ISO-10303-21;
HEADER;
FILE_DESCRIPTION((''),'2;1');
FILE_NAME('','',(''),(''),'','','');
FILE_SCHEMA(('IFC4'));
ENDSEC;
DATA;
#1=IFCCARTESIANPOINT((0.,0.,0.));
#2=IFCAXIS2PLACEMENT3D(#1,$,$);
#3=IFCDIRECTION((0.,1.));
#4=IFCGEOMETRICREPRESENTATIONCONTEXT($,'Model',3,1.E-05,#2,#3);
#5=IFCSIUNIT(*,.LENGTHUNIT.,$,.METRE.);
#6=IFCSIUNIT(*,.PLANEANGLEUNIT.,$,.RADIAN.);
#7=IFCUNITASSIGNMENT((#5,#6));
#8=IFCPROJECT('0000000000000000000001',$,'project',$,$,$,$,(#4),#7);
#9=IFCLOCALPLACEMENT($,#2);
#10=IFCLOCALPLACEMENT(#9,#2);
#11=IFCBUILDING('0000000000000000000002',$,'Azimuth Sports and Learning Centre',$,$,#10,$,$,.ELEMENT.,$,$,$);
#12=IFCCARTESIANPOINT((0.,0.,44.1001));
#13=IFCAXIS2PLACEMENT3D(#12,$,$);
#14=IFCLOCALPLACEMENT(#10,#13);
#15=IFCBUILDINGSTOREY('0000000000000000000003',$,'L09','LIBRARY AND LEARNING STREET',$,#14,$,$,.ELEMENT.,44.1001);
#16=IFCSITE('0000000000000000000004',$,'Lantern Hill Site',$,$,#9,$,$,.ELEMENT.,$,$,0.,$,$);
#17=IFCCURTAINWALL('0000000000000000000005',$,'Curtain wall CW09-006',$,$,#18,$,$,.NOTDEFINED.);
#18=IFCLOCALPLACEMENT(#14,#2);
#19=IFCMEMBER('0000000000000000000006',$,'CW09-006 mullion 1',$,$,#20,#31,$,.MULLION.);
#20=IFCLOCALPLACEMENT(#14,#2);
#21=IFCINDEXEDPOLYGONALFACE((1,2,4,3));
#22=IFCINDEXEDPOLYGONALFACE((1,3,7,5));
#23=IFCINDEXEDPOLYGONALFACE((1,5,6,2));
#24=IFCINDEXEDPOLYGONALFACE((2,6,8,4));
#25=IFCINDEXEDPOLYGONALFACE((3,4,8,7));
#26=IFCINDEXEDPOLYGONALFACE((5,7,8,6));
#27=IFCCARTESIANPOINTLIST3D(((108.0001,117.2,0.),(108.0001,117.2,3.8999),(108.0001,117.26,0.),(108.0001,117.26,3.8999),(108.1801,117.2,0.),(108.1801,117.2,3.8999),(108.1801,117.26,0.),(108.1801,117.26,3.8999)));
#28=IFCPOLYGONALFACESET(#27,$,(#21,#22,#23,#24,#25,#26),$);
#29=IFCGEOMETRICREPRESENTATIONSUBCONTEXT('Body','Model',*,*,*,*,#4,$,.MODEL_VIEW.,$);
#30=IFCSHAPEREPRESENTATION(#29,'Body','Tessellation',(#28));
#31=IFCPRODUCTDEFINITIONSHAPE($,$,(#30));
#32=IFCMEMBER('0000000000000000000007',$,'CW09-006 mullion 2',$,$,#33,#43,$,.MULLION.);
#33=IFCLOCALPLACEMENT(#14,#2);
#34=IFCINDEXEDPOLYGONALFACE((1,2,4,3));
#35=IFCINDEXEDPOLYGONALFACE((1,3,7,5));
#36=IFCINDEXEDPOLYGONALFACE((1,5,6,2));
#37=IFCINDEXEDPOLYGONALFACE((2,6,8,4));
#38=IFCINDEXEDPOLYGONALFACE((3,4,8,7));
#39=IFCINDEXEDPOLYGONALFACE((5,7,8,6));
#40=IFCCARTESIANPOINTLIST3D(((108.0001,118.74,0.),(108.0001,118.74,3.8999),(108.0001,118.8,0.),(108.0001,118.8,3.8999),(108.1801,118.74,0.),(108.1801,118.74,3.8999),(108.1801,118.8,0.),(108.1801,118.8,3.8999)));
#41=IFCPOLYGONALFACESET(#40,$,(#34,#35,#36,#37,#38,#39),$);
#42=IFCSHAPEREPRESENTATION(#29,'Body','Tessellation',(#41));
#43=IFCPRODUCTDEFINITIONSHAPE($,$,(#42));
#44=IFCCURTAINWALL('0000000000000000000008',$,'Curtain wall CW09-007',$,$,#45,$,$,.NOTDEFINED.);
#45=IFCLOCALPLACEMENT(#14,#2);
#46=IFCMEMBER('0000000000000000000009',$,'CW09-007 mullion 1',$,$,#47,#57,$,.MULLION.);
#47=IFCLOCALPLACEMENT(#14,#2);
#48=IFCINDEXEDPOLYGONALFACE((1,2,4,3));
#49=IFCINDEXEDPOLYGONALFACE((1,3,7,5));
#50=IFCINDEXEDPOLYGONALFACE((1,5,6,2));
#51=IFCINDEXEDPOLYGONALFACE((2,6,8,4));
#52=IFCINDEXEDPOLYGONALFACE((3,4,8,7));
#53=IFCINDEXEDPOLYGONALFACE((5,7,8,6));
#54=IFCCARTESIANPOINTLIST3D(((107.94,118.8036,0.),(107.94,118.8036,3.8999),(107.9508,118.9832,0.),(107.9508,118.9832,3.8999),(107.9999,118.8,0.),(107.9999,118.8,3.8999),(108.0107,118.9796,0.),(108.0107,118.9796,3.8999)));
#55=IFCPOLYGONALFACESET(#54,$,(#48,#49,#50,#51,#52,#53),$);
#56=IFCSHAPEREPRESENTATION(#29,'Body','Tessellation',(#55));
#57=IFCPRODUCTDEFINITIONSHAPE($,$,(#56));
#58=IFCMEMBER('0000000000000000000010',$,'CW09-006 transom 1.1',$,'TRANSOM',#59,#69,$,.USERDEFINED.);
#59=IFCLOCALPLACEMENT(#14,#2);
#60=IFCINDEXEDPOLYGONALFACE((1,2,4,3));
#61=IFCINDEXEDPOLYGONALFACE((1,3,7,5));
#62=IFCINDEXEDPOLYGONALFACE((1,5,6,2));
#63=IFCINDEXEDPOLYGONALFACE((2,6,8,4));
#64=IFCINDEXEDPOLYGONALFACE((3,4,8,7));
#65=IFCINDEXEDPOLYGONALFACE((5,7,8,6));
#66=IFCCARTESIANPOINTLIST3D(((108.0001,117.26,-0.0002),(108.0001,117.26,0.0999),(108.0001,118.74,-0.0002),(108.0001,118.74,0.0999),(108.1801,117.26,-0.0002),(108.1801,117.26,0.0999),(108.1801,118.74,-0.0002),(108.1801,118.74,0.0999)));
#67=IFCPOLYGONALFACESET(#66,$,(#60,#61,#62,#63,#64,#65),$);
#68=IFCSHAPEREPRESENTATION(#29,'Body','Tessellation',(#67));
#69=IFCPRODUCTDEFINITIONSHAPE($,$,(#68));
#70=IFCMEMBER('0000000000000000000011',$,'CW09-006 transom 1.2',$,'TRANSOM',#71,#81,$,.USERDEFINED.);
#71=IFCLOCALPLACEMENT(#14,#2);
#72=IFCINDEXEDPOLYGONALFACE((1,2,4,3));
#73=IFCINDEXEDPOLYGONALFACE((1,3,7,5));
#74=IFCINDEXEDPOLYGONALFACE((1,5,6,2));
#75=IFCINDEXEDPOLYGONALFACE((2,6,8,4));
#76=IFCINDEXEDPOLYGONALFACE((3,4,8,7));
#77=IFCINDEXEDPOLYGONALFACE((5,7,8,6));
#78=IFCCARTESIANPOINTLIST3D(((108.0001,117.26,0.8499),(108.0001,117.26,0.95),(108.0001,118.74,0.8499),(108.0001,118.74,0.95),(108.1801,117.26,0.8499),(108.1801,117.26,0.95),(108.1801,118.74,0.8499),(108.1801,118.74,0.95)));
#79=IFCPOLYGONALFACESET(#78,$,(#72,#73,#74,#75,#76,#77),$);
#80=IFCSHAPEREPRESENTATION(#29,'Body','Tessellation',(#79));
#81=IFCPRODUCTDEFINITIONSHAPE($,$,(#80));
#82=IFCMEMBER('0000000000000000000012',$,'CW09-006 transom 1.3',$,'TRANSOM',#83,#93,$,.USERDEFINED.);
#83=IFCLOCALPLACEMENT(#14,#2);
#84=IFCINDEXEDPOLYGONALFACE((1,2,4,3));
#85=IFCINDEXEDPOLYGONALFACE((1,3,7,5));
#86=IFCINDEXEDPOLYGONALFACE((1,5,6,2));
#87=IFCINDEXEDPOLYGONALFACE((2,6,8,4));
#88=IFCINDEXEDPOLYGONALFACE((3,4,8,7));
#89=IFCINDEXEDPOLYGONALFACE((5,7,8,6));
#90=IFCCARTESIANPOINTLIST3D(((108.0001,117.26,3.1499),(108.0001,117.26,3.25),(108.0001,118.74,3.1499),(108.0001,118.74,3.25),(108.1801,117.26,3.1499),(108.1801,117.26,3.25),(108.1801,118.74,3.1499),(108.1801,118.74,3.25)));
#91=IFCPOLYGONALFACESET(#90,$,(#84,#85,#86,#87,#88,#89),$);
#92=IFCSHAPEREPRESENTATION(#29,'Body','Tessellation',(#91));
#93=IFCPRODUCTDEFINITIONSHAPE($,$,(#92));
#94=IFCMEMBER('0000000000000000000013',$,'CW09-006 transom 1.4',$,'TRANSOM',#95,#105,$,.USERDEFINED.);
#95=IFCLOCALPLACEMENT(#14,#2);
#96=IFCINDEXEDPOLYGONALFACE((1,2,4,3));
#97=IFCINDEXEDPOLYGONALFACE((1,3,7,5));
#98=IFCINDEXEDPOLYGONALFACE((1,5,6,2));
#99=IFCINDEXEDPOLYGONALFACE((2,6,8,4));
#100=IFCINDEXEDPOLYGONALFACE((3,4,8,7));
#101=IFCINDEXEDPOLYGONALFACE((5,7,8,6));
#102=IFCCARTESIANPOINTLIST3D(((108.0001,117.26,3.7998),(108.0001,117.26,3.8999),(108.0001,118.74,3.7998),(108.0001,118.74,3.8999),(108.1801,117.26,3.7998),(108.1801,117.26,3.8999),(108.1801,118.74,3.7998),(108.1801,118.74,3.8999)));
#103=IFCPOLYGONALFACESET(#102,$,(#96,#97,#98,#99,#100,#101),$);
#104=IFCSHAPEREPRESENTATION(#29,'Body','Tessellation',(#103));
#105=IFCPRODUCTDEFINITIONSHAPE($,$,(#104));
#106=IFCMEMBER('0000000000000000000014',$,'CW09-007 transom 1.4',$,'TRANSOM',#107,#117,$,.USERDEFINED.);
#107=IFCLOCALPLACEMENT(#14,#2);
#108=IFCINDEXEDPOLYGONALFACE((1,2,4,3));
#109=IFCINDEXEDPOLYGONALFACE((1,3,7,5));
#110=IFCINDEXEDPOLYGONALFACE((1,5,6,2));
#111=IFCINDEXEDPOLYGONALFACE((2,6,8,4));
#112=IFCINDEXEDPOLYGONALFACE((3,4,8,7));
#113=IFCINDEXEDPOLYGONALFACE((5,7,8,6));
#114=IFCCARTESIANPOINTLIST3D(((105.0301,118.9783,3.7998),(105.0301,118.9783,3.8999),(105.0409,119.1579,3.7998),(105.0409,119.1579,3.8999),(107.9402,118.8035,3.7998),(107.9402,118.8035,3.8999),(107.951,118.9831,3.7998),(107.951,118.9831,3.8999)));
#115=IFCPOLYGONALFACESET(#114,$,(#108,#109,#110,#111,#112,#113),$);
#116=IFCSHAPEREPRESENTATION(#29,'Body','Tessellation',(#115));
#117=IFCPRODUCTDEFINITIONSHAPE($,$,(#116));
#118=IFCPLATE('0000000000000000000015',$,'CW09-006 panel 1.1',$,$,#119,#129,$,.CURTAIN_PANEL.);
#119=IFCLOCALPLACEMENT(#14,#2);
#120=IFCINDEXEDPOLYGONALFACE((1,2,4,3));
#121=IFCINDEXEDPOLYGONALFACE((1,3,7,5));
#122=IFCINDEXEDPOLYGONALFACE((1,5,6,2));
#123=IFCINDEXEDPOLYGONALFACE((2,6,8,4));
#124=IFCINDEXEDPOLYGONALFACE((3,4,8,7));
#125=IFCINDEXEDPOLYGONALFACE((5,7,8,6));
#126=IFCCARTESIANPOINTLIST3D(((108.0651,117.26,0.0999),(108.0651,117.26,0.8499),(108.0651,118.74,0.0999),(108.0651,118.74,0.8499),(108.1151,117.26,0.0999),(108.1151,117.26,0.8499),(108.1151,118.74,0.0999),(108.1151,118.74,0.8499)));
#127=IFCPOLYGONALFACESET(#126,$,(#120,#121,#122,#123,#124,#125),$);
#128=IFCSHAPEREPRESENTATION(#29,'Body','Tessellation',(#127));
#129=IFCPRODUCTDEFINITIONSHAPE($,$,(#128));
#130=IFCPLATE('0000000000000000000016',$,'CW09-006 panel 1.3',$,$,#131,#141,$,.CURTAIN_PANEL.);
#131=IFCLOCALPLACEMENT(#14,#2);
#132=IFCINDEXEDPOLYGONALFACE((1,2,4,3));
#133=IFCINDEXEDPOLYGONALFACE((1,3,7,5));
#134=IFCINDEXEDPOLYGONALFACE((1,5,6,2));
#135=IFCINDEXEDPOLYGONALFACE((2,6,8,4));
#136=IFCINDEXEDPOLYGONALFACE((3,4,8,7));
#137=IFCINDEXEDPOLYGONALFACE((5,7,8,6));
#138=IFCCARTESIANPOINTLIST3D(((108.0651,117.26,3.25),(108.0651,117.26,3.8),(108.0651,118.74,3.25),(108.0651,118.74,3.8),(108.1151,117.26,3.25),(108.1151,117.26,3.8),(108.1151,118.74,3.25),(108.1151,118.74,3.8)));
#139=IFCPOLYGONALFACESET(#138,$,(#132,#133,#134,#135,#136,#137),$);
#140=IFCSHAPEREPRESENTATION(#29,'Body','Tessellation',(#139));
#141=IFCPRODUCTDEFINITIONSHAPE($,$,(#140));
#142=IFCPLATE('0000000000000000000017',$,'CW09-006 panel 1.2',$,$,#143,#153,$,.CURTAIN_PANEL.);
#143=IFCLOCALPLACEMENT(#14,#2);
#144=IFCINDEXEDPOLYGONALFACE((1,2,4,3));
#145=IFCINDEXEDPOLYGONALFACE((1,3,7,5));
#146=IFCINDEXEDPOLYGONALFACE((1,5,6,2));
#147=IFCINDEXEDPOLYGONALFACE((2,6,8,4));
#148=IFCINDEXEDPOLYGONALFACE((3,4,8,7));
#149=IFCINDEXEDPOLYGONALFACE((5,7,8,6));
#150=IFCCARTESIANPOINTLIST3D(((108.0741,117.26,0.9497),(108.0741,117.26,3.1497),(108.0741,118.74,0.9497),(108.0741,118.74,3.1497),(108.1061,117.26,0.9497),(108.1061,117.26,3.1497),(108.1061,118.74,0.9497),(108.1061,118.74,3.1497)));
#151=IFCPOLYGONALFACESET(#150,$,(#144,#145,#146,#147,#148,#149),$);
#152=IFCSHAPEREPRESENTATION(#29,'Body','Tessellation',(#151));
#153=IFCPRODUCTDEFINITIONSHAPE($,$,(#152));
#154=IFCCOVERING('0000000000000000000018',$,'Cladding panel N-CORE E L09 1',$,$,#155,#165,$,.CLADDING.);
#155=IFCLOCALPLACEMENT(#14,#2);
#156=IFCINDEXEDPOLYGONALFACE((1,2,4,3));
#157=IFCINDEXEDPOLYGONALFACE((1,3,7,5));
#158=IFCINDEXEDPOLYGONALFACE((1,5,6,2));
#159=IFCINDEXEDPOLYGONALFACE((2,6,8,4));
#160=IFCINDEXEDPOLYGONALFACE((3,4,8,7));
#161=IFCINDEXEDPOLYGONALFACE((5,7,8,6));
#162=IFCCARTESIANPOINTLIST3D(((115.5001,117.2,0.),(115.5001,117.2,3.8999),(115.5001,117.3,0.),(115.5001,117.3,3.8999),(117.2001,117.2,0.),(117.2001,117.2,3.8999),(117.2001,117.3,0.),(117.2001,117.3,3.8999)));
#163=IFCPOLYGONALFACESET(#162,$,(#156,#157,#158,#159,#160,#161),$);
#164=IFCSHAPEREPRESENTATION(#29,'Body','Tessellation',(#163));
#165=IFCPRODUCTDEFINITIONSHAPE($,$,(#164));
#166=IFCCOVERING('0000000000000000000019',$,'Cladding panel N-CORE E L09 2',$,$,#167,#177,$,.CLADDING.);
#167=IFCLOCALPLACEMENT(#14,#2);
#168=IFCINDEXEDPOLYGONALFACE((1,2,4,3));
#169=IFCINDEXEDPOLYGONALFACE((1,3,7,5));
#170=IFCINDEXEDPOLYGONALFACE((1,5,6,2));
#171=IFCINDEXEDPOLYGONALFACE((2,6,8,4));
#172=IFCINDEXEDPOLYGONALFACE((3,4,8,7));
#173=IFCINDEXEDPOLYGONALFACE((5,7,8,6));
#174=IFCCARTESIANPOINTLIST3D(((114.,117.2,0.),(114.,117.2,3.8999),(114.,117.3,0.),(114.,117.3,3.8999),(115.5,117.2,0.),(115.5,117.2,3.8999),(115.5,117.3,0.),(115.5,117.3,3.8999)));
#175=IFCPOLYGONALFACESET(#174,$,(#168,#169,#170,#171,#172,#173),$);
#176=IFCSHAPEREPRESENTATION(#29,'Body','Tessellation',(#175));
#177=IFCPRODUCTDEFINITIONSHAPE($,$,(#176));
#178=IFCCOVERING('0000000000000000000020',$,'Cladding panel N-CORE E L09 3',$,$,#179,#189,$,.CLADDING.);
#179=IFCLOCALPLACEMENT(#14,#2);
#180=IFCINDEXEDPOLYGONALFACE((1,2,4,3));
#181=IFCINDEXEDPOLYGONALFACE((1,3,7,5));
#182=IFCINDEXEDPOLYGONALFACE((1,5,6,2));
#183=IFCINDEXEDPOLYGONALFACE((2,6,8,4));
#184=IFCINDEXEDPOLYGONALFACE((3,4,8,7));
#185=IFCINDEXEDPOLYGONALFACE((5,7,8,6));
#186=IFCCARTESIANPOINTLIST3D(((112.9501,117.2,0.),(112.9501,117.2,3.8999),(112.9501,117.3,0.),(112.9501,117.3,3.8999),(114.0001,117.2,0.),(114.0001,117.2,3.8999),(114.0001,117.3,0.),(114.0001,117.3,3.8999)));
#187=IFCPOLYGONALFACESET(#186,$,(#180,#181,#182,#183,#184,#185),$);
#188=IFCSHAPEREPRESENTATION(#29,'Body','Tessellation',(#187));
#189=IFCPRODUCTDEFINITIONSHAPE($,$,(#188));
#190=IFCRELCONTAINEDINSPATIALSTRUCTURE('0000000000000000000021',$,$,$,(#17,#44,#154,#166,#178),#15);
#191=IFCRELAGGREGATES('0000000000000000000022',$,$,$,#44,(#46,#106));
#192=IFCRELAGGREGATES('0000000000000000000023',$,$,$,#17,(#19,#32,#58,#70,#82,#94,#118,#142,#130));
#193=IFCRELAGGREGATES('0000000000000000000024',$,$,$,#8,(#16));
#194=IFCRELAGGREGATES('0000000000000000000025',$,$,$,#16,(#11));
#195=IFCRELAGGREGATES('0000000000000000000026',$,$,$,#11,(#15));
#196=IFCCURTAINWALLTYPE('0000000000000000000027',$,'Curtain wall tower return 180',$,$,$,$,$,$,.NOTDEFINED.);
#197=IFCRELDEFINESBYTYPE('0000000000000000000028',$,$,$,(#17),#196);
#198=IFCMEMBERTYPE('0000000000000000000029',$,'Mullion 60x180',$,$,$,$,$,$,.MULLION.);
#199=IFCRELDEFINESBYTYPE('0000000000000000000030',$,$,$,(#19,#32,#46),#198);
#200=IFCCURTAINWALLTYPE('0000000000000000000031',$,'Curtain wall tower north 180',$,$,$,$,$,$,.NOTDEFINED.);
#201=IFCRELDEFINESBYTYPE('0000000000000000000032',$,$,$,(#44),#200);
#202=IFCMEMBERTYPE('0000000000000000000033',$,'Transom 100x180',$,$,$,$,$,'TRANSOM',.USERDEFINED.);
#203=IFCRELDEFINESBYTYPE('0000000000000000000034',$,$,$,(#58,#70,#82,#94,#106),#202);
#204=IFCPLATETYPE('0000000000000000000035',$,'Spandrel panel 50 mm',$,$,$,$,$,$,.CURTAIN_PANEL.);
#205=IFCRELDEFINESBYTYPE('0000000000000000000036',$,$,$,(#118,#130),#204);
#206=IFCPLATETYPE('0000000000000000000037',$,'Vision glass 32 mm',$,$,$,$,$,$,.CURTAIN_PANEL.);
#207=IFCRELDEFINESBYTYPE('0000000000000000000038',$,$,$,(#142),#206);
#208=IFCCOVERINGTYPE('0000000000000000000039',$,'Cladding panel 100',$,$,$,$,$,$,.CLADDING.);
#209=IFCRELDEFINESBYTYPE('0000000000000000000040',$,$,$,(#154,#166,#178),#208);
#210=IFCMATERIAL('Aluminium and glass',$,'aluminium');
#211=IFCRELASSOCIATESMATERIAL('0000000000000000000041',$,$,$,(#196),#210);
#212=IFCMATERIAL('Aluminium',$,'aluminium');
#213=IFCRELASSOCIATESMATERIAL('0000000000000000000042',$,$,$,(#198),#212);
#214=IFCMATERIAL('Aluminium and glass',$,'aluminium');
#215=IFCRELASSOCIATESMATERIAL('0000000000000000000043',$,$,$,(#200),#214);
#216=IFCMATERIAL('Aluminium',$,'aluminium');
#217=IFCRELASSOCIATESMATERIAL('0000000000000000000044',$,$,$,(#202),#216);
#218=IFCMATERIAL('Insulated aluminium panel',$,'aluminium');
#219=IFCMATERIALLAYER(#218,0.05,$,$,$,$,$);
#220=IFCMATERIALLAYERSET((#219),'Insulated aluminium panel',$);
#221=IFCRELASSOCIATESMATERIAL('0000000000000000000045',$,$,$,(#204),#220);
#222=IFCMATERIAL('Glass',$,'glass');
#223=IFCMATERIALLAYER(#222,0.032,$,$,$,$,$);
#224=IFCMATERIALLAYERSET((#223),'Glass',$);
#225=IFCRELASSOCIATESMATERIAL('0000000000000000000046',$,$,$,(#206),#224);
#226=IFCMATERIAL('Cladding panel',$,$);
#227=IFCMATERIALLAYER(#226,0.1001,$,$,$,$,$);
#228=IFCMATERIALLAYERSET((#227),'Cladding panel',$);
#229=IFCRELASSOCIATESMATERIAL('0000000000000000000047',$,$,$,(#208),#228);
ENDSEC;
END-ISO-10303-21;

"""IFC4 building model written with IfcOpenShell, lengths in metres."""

from ifc_helpers import new_model, si_unit, direction, frame, origin, origin_2d, place, context, subcontext, project, spatial, rectangle, extrude, material, layer, layer_set, material_profile, profile_set, type_object, element, aggregate, save


model = new_model("IFC4")

# Units and contexts
model_context = context("Model", 3, precision=1e-05, world=origin(), true_north=direction((0.0, 1.0)))
body_context = subcontext(model_context, "Body", "Model", "MODEL_VIEW")
ifc_project = project(units=[si_unit("LENGTHUNIT", "METRE"), si_unit("PLANEANGLEUNIT", "RADIAN")], contexts=[model_context])

# Site, building, storey
site_placement = place(None, origin())
site = spatial("IfcSite", under=ifc_project, at=site_placement, Name="Lantern Hill Site", CompositionType="ELEMENT", RefElevation=0.0)
building_placement = place(site_placement, origin())
building = spatial("IfcBuilding", under=site, at=building_placement, Name="Azimuth Sports and Learning Centre", CompositionType="ELEMENT")
storey_placement = place(building_placement, frame((0.0, 0.0, 44.1001)))
storey = spatial("IfcBuildingStorey", under=building, at=storey_placement, Name="L09", Description="LIBRARY AND LEARNING STREET", CompositionType="ELEMENT", Elevation=44.1001)

# Curtain wall, members
ifc_material_1 = material(Name="Aluminium and glass", Category="aluminium")
curtain_wall_type_1 = type_object("IfcCurtainWallType", Name="Curtain wall tower return 180", PredefinedType="NOTDEFINED", material=ifc_material_1)
curtain_wall_1_placement = place(storey_placement, origin())
curtain_wall_1 = element("IfcCurtainWall", 1, at=curtain_wall_1_placement, inside=storey, type_object=curtain_wall_type_1, Name="Curtain wall CW09-006", PredefinedType="NOTDEFINED")
ifc_material_2 = material(Name="Aluminium", Category="aluminium")
ifc_material_profile_1 = material_profile(ifc_material_2, rectangle(XDim=0.1799, YDim=0.0601, at=origin_2d()), Name="Mullion 60x180")
ifc_profile_set_1 = profile_set([ifc_material_profile_1], Name="Aluminium")
member_type_1 = type_object("IfcMemberType", Name="Mullion 60x180", PredefinedType="MULLION", material=ifc_profile_set_1)
member_1_placement = place(storey_placement, frame((108.0901, 117.23, 0.0), z_axis=(0.0, 0.0, 1.0), x_axis=(-1.0, 0.0, 0.0)))
member_1 = element("IfcMember", 2, at=member_1_placement, type_object=member_type_1, Name="CW09-006 mullion 1", PredefinedType="MULLION", context=body_context, shape_type="SweptSolid", body=[
    extrude(rectangle(XDim=0.1799, YDim=0.0601, at=origin_2d()), origin(), (0.0, 0.0, 1.0), 3.8999),
])
member_2_placement = place(storey_placement, frame((108.0901, 118.77, 0.0), z_axis=(0.0, 0.0, 1.0), x_axis=(-1.0, 0.0, 0.0)))
member_2 = element("IfcMember", 3, at=member_2_placement, type_object=member_type_1, Name="CW09-006 mullion 2", PredefinedType="MULLION", context=body_context, shape_type="SweptSolid", body=[
    extrude(rectangle(XDim=0.1799, YDim=0.0601, at=origin_2d()), origin(), (0.0, 0.0, 1.0), 3.8999),
])

# Curtain wall, member
ifc_material_3 = material(Name="Aluminium and glass", Category="aluminium")
curtain_wall_type_2 = type_object("IfcCurtainWallType", Name="Curtain wall tower north 180", PredefinedType="NOTDEFINED", material=ifc_material_3)
curtain_wall_2_placement = place(storey_placement, origin())
curtain_wall_2 = element("IfcCurtainWall", 4, at=curtain_wall_2_placement, inside=storey, type_object=curtain_wall_type_2, Name="Curtain wall CW09-007", PredefinedType="NOTDEFINED")
member_3_placement = place(storey_placement, frame((107.9753, 118.8916, 0.0), z_axis=(0.0, 0.0, 1.0), x_axis=(-0.059892, -0.998205, 0.0)))
member_3 = element("IfcMember", 5, at=member_3_placement, type_object=member_type_1, Name="CW09-007 mullion 1", PredefinedType="MULLION", context=body_context, shape_type="SweptSolid", body=[
    extrude(rectangle(XDim=0.1799, YDim=0.0601, at=origin_2d()), origin(), (0.0, 0.0, 1.0), 3.8999),
])

# Members
ifc_material_4 = material(Name="Aluminium", Category="aluminium")
ifc_material_profile_2 = material_profile(ifc_material_4, rectangle(XDim=0.1799, YDim=0.1001, at=origin_2d()), Name="Transom 100x180")
ifc_profile_set_2 = profile_set([ifc_material_profile_2], Name="Aluminium")
member_type_2 = type_object("IfcMemberType", Name="Transom 100x180", ElementType="TRANSOM", PredefinedType="USERDEFINED", material=ifc_profile_set_2)
member_4_placement = place(storey_placement, frame((108.0901, 117.26, 0.0498), z_axis=(0.0, 1.0, 0.0), x_axis=(-1.0, 0.0, 0.0)))
member_4 = element("IfcMember", 6, at=member_4_placement, type_object=member_type_2, Name="CW09-006 transom 1.1", ObjectType="TRANSOM", PredefinedType="USERDEFINED", context=body_context, shape_type="SweptSolid", body=[
    extrude(rectangle(XDim=0.1799, YDim=0.1001, at=origin_2d()), origin(), (0.0, 0.0, 1.0), 1.48),
])
member_5_placement = place(storey_placement, frame((108.0901, 117.26, 0.8999), z_axis=(0.0, 1.0, 0.0), x_axis=(-1.0, 0.0, 0.0)))
member_5 = element("IfcMember", 7, at=member_5_placement, type_object=member_type_2, Name="CW09-006 transom 1.2", ObjectType="TRANSOM", PredefinedType="USERDEFINED", context=body_context, shape_type="SweptSolid", body=[
    extrude(rectangle(XDim=0.1799, YDim=0.1001, at=origin_2d()), origin(), (0.0, 0.0, 1.0), 1.48),
])
member_6_placement = place(storey_placement, frame((108.0901, 117.26, 3.2), z_axis=(0.0, 1.0, 0.0), x_axis=(-1.0, 0.0, 0.0)))
member_6 = element("IfcMember", 8, at=member_6_placement, type_object=member_type_2, Name="CW09-006 transom 1.3", ObjectType="TRANSOM", PredefinedType="USERDEFINED", context=body_context, shape_type="SweptSolid", body=[
    extrude(rectangle(XDim=0.1799, YDim=0.1001, at=origin_2d()), origin(), (0.0, 0.0, 1.0), 1.48),
])
member_7_placement = place(storey_placement, frame((108.0901, 117.26, 3.8499), z_axis=(0.0, 1.0, 0.0), x_axis=(-1.0, 0.0, 0.0)))
member_7 = element("IfcMember", 9, at=member_7_placement, type_object=member_type_2, Name="CW09-006 transom 1.4", ObjectType="TRANSOM", PredefinedType="USERDEFINED", context=body_context, shape_type="SweptSolid", body=[
    extrude(rectangle(XDim=0.1799, YDim=0.1001, at=origin_2d()), origin(), (0.0, 0.0, 1.0), 1.48),
])
member_8_placement = place(storey_placement, frame((107.9456, 118.8933, 3.8499), z_axis=(-0.998201, 0.059959, 0.0), x_axis=(-0.059959, -0.998201, 0.0)))
member_8 = element("IfcMember", 10, at=member_8_placement, type_object=member_type_2, Name="CW09-007 transom 1.4", ObjectType="TRANSOM", PredefinedType="USERDEFINED", context=body_context, shape_type="SweptSolid", body=[
    extrude(rectangle(XDim=0.1799, YDim=0.1001, at=origin_2d()), origin(), (0.0, 0.0, 1.0), 2.9153),
])
aggregate(curtain_wall_2, [member_3, member_8])

# Plates
ifc_material_5 = material(Name="Insulated aluminium panel", Category="aluminium")
ifc_layer_1 = layer(ifc_material_5, 0.05)
ifc_layer_set_1 = layer_set([ifc_layer_1], Name="Insulated aluminium panel")
plate_type_1 = type_object("IfcPlateType", Name="Spandrel panel 50 mm", PredefinedType="CURTAIN_PANEL", material=ifc_layer_set_1)
plate_1_placement = place(storey_placement, frame((108.0901, 118.0, 0.0999), z_axis=(0.0, 0.0, 1.0), x_axis=(0.0, 1.0, 0.0)))
plate_1 = element("IfcPlate", 11, at=plate_1_placement, type_object=plate_type_1, Name="CW09-006 panel 1.1", PredefinedType="CURTAIN_PANEL", context=body_context, shape_type="SweptSolid", body=[
    extrude(rectangle(XDim=1.48, YDim=0.05, at=origin_2d()), origin(), (0.0, 0.0, 1.0), 0.75),
])
plate_2_placement = place(storey_placement, frame((108.0901, 118.0, 3.25), z_axis=(0.0, 0.0, 1.0), x_axis=(0.0, 1.0, 0.0)))
plate_2 = element("IfcPlate", 12, at=plate_2_placement, type_object=plate_type_1, Name="CW09-006 panel 1.3", PredefinedType="CURTAIN_PANEL", context=body_context, shape_type="SweptSolid", body=[
    extrude(rectangle(XDim=1.48, YDim=0.05, at=origin_2d()), origin(), (0.0, 0.0, 1.0), 0.55),
])
ifc_material_6 = material(Name="Glass", Category="glass")
ifc_layer_2 = layer(ifc_material_6, 0.032)
ifc_layer_set_2 = layer_set([ifc_layer_2], Name="Glass")
plate_type_2 = type_object("IfcPlateType", Name="Vision glass 32 mm", PredefinedType="CURTAIN_PANEL", material=ifc_layer_set_2)
plate_3_placement = place(storey_placement, frame((108.0901, 118.0, 0.9497), z_axis=(0.0, 0.0, 1.0), x_axis=(0.0, 1.0, 0.0)))
plate_3 = element("IfcPlate", 13, at=plate_3_placement, type_object=plate_type_2, Name="CW09-006 panel 1.2", PredefinedType="CURTAIN_PANEL", context=body_context, shape_type="SweptSolid", body=[
    extrude(rectangle(XDim=1.48, YDim=0.032, at=origin_2d()), origin(), (0.0, 0.0, 1.0), 2.2),
])
aggregate(curtain_wall_1, [member_1, member_2, member_4, member_5, member_6, member_7, plate_1, plate_3, plate_2])

# Coverings
ifc_material_7 = material(Name="Cladding panel")
ifc_layer_3 = layer(ifc_material_7, 0.1001)
ifc_layer_set_3 = layer_set([ifc_layer_3], Name="Cladding panel")
covering_type = type_object("IfcCoveringType", Name="Cladding panel 100", PredefinedType="CLADDING", material=ifc_layer_set_3)
covering_1_placement = place(storey_placement, frame((116.3501, 117.25, 0.0), z_axis=(0.0, 0.0, 1.0), x_axis=(-1.0, 0.0, 0.0)))
element("IfcCovering", 14, at=covering_1_placement, inside=storey, type_object=covering_type, Name="Cladding panel N-CORE E L09 1", PredefinedType="CLADDING", context=body_context, shape_type="SweptSolid", body=[
    extrude(rectangle(XDim=1.7, YDim=0.1001, at=origin_2d()), origin(), (0.0, 0.0, 1.0), 3.8999),
])
covering_2_placement = place(storey_placement, frame((114.75, 117.25, 0.0), z_axis=(0.0, 0.0, 1.0), x_axis=(-1.0, 0.0, 0.0)))
element("IfcCovering", 15, at=covering_2_placement, inside=storey, type_object=covering_type, Name="Cladding panel N-CORE E L09 2", PredefinedType="CLADDING", context=body_context, shape_type="SweptSolid", body=[
    extrude(rectangle(XDim=1.5, YDim=0.1001, at=origin_2d()), origin(), (0.0, 0.0, 1.0), 3.8999),
])
covering_3_placement = place(storey_placement, frame((113.4751, 117.25, 0.0), z_axis=(0.0, 0.0, 1.0), x_axis=(-1.0, 0.0, 0.0)))
element("IfcCovering", 16, at=covering_3_placement, inside=storey, type_object=covering_type, Name="Cladding panel N-CORE E L09 3", PredefinedType="CLADDING", context=body_context, shape_type="SweptSolid", body=[
    extrude(rectangle(XDim=1.05, YDim=0.1001, at=origin_2d()), origin(), (0.0, 0.0, 1.0), 3.8999),
])

save(model, "model.ifc")
